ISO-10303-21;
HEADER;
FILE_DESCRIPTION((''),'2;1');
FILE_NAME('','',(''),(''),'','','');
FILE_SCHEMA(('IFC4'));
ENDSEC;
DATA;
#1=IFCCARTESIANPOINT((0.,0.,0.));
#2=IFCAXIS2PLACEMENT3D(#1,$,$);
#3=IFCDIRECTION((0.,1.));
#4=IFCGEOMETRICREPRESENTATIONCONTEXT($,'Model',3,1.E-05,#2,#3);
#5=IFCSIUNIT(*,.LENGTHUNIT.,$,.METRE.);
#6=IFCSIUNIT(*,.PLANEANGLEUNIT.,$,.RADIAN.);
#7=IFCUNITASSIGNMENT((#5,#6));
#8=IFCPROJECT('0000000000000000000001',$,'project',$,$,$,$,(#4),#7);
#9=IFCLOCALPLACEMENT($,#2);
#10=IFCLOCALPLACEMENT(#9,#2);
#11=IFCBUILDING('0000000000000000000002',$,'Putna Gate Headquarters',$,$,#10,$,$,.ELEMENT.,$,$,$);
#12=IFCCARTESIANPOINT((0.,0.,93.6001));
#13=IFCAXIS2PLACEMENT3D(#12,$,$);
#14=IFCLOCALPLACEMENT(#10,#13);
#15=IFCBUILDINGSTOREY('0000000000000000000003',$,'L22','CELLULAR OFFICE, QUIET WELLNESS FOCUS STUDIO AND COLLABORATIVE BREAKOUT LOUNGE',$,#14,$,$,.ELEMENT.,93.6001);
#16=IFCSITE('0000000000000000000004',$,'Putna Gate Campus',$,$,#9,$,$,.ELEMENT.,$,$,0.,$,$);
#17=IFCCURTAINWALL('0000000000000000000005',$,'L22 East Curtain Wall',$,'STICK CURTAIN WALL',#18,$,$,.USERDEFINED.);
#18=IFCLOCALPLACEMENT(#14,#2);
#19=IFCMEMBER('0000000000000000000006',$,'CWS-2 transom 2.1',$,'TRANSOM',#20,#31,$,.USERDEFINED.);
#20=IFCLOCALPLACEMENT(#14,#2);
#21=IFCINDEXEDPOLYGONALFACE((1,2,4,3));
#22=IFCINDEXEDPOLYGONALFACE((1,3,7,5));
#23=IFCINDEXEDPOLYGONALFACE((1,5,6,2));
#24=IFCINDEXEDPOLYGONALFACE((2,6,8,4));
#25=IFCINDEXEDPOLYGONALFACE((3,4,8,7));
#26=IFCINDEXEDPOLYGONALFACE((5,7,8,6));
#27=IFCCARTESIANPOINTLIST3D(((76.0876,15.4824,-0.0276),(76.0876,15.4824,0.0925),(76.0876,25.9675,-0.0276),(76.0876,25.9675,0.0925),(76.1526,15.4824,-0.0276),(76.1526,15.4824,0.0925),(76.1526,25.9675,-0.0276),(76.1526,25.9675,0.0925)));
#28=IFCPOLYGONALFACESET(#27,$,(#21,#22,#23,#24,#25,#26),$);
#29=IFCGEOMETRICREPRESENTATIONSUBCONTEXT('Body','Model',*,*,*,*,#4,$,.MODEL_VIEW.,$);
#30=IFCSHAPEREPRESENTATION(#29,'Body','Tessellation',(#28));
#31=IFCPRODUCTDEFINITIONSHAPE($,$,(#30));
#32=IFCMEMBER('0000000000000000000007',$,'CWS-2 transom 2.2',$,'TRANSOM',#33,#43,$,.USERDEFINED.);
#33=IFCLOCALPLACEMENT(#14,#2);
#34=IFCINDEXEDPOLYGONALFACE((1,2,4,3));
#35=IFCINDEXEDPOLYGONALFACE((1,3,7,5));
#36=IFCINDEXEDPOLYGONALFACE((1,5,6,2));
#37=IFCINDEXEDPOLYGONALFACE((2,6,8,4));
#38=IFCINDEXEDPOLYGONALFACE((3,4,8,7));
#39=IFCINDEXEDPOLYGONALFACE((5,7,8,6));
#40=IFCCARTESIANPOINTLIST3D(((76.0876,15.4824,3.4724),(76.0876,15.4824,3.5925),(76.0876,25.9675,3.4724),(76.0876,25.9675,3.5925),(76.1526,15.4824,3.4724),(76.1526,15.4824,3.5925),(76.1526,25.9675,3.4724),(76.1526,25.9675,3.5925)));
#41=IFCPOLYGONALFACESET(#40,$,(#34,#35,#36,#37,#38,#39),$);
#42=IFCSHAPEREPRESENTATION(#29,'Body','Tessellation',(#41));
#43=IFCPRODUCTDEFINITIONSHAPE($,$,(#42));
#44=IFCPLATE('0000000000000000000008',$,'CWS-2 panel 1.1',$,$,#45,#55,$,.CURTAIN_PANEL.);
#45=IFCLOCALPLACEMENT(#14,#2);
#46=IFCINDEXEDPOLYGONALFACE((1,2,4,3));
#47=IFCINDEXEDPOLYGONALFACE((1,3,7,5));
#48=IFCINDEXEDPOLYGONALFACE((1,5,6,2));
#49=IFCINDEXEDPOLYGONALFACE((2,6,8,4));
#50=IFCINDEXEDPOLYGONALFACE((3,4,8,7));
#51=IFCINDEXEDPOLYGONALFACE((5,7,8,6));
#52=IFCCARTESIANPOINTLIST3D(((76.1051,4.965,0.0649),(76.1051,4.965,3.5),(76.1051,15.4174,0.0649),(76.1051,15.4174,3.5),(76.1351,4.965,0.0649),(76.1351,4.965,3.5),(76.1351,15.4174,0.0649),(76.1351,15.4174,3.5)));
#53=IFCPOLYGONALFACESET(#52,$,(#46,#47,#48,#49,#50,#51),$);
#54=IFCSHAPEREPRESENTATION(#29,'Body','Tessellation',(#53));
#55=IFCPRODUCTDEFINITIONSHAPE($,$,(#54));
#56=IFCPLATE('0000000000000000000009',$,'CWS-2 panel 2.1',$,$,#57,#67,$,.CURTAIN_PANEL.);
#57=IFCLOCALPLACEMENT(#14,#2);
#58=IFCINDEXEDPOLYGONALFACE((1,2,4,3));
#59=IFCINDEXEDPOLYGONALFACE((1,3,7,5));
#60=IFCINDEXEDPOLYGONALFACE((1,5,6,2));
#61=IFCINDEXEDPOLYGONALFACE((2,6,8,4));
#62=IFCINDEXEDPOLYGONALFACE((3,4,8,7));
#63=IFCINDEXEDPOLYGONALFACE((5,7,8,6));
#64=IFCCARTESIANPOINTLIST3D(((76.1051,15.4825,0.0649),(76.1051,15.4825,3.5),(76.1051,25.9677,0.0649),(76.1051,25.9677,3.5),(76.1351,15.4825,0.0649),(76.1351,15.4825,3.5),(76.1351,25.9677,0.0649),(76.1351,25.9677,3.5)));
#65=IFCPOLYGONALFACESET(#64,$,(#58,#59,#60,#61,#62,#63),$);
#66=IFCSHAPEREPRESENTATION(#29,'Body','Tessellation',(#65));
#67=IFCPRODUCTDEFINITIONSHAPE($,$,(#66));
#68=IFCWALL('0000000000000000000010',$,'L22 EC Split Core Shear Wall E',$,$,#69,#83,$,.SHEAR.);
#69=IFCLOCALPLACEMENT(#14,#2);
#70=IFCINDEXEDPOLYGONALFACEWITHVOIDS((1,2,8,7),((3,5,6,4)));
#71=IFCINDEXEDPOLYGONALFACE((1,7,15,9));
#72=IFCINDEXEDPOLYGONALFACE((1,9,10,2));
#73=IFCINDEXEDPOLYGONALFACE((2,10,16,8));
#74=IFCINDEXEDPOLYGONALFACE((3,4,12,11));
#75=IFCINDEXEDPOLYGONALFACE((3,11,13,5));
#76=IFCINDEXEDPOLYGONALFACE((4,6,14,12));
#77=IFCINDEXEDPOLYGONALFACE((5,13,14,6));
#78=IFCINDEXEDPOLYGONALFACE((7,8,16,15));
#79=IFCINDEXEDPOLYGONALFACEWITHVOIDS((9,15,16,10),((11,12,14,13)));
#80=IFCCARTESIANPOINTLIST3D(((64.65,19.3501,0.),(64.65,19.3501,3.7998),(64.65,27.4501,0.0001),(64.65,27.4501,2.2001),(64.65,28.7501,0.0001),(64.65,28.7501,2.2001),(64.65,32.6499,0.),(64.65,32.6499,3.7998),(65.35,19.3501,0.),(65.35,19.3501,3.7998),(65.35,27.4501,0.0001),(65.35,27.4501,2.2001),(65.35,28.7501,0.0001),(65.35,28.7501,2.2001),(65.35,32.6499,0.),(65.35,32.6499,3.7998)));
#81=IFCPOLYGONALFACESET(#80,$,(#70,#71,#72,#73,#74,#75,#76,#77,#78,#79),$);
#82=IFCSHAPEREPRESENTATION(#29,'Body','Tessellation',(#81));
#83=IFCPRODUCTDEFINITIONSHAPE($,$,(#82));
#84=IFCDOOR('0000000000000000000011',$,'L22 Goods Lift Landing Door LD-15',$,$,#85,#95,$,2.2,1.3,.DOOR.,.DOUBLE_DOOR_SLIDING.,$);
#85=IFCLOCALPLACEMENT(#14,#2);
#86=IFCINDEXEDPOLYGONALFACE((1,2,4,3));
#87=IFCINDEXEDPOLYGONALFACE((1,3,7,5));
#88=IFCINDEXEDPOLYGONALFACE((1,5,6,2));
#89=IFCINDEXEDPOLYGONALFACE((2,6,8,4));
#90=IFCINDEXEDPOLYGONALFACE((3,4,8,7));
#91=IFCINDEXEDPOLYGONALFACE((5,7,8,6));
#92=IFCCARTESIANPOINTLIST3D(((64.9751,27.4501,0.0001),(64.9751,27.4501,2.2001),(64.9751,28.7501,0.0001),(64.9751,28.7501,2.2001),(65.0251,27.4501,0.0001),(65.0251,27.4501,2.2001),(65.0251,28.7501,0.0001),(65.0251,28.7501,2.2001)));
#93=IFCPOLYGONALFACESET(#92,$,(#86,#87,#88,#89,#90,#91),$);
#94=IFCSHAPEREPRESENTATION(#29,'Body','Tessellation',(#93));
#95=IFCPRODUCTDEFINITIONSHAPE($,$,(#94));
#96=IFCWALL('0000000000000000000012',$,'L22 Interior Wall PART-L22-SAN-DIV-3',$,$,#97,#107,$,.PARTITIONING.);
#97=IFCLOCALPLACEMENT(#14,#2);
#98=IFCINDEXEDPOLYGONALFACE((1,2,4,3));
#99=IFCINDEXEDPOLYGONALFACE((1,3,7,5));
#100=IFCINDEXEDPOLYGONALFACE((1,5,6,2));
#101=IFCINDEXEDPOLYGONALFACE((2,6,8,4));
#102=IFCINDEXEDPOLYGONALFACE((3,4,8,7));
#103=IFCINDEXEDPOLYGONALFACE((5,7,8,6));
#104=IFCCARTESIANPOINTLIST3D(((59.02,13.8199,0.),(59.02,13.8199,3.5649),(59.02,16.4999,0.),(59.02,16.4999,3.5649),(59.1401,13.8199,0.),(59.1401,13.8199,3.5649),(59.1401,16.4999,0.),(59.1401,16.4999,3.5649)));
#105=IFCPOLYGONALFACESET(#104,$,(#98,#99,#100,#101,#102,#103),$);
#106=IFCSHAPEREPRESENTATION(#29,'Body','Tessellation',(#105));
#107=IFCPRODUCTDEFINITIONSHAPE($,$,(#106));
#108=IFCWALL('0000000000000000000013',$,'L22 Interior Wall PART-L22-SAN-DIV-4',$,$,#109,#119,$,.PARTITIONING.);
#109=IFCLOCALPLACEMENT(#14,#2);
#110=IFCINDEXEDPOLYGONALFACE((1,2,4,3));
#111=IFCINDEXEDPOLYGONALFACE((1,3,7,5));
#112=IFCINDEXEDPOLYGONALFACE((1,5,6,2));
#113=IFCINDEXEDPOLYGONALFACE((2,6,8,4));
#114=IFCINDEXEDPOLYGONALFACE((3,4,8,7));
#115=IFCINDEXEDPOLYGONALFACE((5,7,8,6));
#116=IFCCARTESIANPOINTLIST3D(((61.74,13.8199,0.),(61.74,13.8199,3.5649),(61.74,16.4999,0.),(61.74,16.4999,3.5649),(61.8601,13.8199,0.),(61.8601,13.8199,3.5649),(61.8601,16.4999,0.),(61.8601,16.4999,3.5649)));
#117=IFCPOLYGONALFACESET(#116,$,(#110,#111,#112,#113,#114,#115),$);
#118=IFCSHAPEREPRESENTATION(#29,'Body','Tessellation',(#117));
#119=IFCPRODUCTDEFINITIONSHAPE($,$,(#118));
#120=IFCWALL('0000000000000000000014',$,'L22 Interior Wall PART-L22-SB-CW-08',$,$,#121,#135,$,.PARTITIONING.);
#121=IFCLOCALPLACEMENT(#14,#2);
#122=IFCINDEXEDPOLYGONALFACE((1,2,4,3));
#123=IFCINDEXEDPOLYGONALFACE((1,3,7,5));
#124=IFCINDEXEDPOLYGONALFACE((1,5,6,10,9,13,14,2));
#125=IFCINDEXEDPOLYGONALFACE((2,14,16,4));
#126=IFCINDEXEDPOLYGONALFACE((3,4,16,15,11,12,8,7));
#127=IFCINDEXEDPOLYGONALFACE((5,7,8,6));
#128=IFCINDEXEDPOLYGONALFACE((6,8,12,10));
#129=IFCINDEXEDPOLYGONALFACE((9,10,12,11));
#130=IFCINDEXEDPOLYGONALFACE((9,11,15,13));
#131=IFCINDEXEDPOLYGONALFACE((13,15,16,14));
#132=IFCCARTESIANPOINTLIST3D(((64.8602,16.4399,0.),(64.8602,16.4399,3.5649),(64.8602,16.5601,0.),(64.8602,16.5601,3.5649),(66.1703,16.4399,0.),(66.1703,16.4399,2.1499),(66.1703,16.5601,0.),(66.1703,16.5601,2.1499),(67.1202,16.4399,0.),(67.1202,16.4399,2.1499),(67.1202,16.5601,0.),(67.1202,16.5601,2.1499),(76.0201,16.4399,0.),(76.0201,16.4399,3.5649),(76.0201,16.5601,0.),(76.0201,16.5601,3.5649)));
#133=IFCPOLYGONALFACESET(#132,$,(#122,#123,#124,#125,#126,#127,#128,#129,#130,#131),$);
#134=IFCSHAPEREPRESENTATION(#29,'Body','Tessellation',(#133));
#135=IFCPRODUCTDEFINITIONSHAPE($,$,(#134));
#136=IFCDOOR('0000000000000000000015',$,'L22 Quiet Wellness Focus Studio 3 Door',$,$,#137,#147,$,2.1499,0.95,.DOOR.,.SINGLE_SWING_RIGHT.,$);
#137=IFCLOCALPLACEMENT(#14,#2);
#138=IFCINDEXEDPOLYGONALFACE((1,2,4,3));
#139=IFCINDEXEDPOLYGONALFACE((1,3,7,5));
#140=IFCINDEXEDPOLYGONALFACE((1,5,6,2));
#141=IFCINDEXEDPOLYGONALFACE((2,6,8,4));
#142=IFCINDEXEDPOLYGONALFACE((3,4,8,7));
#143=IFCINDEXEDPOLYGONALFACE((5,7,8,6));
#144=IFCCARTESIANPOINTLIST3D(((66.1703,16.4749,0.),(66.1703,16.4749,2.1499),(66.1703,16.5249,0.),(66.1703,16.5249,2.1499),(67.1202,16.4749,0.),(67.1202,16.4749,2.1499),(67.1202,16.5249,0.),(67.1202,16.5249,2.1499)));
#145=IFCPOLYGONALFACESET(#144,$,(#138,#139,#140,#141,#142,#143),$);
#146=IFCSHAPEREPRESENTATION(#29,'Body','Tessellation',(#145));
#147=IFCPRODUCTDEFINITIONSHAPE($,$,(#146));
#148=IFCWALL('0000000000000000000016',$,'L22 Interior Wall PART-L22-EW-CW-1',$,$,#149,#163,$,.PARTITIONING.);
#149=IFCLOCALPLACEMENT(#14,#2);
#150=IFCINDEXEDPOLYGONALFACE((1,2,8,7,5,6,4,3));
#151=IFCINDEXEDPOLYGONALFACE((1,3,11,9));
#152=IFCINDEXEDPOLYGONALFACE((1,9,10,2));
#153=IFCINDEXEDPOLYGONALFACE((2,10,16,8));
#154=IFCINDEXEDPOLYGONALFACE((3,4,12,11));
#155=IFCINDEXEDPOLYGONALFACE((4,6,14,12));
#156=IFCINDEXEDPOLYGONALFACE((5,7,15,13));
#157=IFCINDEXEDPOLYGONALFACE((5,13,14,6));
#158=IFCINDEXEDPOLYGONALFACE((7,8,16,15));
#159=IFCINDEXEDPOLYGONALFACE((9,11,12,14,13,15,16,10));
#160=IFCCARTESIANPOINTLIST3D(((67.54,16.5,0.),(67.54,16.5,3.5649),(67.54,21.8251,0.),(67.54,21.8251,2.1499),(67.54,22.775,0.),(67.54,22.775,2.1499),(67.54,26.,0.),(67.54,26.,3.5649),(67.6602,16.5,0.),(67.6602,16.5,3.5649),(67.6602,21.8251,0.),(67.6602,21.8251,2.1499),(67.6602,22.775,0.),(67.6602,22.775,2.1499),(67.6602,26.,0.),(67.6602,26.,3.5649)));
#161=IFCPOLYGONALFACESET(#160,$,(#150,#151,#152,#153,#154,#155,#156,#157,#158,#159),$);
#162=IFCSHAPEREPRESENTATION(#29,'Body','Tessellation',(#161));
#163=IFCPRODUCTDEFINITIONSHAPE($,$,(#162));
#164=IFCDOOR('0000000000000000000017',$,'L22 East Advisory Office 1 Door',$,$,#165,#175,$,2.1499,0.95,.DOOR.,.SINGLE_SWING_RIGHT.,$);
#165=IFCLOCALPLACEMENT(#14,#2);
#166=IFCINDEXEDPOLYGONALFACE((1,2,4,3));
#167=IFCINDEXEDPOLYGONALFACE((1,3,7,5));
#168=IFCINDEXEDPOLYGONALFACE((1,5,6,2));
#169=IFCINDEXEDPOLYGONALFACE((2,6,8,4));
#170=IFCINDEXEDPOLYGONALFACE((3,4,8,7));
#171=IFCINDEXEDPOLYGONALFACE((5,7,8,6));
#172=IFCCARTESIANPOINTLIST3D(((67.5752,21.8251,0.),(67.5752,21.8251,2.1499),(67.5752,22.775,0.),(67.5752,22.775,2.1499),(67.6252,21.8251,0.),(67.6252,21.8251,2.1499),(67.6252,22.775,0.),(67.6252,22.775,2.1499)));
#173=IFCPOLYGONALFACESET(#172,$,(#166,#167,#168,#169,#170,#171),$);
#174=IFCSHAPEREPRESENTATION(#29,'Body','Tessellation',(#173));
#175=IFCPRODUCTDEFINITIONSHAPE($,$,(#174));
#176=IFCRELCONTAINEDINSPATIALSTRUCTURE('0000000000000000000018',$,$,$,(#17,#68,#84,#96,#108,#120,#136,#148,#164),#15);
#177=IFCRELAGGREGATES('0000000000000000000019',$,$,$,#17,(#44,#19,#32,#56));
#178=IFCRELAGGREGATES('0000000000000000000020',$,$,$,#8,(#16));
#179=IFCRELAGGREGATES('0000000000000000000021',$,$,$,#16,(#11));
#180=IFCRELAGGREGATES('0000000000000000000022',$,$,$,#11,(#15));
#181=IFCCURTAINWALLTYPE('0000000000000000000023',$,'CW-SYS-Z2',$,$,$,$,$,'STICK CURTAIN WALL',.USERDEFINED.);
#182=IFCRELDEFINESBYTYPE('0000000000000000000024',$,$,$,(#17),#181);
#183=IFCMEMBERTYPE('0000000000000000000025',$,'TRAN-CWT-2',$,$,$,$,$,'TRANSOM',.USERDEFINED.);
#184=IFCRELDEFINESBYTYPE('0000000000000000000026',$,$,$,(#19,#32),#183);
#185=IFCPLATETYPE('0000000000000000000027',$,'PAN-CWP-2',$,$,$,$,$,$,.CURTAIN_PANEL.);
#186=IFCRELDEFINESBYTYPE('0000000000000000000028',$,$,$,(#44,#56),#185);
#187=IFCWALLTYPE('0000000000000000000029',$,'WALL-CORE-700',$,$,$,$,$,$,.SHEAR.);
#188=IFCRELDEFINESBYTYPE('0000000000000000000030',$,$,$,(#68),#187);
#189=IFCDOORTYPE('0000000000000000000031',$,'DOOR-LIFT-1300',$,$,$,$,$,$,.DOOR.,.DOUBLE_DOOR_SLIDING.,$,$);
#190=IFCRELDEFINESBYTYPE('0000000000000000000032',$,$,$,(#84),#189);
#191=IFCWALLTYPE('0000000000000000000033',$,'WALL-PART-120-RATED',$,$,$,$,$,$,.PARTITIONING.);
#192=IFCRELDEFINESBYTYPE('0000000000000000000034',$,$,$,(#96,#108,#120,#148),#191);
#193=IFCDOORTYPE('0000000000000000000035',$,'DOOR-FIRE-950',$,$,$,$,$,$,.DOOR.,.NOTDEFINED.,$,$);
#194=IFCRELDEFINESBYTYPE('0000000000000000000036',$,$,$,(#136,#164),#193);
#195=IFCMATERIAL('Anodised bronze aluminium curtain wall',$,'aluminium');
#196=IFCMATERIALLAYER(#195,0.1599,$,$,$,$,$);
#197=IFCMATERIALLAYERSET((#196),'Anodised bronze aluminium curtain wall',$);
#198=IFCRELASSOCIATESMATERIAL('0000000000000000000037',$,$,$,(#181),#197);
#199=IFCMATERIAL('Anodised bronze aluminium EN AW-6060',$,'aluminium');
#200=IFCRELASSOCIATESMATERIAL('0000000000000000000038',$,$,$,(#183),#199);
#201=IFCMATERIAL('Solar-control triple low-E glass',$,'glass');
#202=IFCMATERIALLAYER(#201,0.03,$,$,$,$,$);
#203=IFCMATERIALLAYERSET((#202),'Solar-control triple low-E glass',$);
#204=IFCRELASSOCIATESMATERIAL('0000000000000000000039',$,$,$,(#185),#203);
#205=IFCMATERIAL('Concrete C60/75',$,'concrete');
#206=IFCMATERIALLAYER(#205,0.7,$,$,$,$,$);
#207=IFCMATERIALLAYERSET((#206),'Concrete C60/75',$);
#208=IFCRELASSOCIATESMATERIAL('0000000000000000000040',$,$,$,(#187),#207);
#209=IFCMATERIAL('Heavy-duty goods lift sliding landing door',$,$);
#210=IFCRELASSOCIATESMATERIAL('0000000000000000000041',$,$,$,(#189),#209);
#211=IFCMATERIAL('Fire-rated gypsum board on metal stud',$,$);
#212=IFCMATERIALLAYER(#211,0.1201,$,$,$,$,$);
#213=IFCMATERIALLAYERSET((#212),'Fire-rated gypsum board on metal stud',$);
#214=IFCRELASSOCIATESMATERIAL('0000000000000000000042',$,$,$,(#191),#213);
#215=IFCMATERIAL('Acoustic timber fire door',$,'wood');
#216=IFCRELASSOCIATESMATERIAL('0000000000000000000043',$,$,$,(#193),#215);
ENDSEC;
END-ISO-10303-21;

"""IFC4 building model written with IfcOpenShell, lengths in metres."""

from ifc_helpers import new_model, si_unit, direction, frame, frame_2d, origin, origin_2d, place, context, subcontext, project, spatial, rectangle, extrude, material, layer, layer_set, material_profile, profile_set, type_object, element, fill, aggregate, save


model = new_model("IFC4")

# Units and contexts
model_context = context("Model", 3, precision=1e-05, world=origin(), true_north=direction((0.0, 1.0)))
body_context = subcontext(model_context, "Body", "Model", "MODEL_VIEW")
ifc_project = project(units=[si_unit("LENGTHUNIT", "METRE"), si_unit("PLANEANGLEUNIT", "RADIAN")], contexts=[model_context])

# Site, building, storey
site_placement = place(None, origin())
site = spatial("IfcSite", under=ifc_project, at=site_placement, Name="Putna Gate Campus", CompositionType="ELEMENT", RefElevation=0.0)
building_placement = place(site_placement, origin())
building = spatial("IfcBuilding", under=site, at=building_placement, Name="Putna Gate Headquarters", CompositionType="ELEMENT")
storey_placement = place(building_placement, frame((0.0, 0.0, 93.6001)))
storey = spatial("IfcBuildingStorey", under=building, at=storey_placement, Name="L22", Description="CELLULAR OFFICE, QUIET WELLNESS FOCUS STUDIO AND COLLABORATIVE BREAKOUT LOUNGE", CompositionType="ELEMENT", Elevation=93.6001)

# Shared definitions
ifc_material_1 = material(Name="Concrete C60/75", Category="concrete")

# Curtain wall, members, plates
ifc_material_2 = material(Name="Anodised bronze aluminium curtain wall", Category="aluminium")
ifc_layer_1 = layer(ifc_material_2, 0.1599)
ifc_layer_set_1 = layer_set([ifc_layer_1], Name="Anodised bronze aluminium curtain wall")
curtain_wall_type = type_object("IfcCurtainWallType", Name="CW-SYS-Z2", ElementType="STICK CURTAIN WALL", PredefinedType="USERDEFINED", material=ifc_layer_set_1)
curtain_wall_placement = place(storey_placement, origin())
curtain_wall = element("IfcCurtainWall", 1, at=curtain_wall_placement, inside=storey, type_object=curtain_wall_type, Name="L22 East Curtain Wall", ObjectType="STICK CURTAIN WALL", PredefinedType="USERDEFINED")
ifc_material_3 = material(Name="Anodised bronze aluminium EN AW-6060", Category="aluminium")
ifc_material_profile_1 = material_profile(ifc_material_3, rectangle(XDim=0.0649, YDim=0.1201, at=origin_2d()), Name="Anodised bronze aluminium EN AW-6060")
ifc_profile_set_1 = profile_set([ifc_material_profile_1], Name="Anodised bronze aluminium EN AW-6060")
member_type_1 = type_object("IfcMemberType", Name="TRAN-CWT-2", ElementType="TRANSOM", PredefinedType="USERDEFINED", material=ifc_profile_set_1)
member_1_placement = place(storey_placement, frame((76.1201, 15.4824, 0.0325), z_axis=(0.0, 1.0, 0.0), x_axis=(-1.0, 0.0, 0.0)))
member_1 = element("IfcMember", 2, at=member_1_placement, type_object=member_type_1, Name="CWS-2 transom 2.1", ObjectType="TRANSOM", PredefinedType="USERDEFINED", context=body_context, shape_type="SweptSolid", body=[
    extrude(rectangle(XDim=0.0649, YDim=0.1201, at=origin_2d()), origin(), (0.0, 0.0, 1.0), 10.4851),
])
member_2_placement = place(storey_placement, frame((76.1201, 15.4824, 3.5325), z_axis=(0.0, 1.0, 0.0), x_axis=(-1.0, 0.0, 0.0)))
member_2 = element("IfcMember", 3, at=member_2_placement, type_object=member_type_1, Name="CWS-2 transom 2.2", ObjectType="TRANSOM", PredefinedType="USERDEFINED", context=body_context, shape_type="SweptSolid", body=[
    extrude(rectangle(XDim=0.0649, YDim=0.1201, at=origin_2d()), origin(), (0.0, 0.0, 1.0), 10.4851),
])
ifc_material_4 = material(Name="Solar-control triple low-E glass", Category="glass")
ifc_layer_2 = layer(ifc_material_4, 0.03)
ifc_layer_set_2 = layer_set([ifc_layer_2], Name="Solar-control triple low-E glass")
plate_type = type_object("IfcPlateType", Name="PAN-CWP-2", PredefinedType="CURTAIN_PANEL", material=ifc_layer_set_2)
plate_1_placement = place(storey_placement, frame((76.1201, 10.1912, 0.0649), z_axis=(0.0, 0.0, 1.0), x_axis=(0.0, 1.0, 0.0)))
plate_1 = element("IfcPlate", 4, at=plate_1_placement, type_object=plate_type, Name="CWS-2 panel 1.1", PredefinedType="CURTAIN_PANEL", context=body_context, shape_type="SweptSolid", body=[
    extrude(rectangle(XDim=10.4524, YDim=0.03, at=origin_2d()), origin(), (0.0, 0.0, 1.0), 3.4351),
])
plate_2_placement = place(storey_placement, frame((76.1201, 20.7251, 0.0649), z_axis=(0.0, 0.0, 1.0), x_axis=(0.0, 1.0, 0.0)))
plate_2 = element("IfcPlate", 5, at=plate_2_placement, type_object=plate_type, Name="CWS-2 panel 2.1", PredefinedType="CURTAIN_PANEL", context=body_context, shape_type="SweptSolid", body=[
    extrude(rectangle(XDim=10.4851, YDim=0.03, at=origin_2d()), origin(), (0.0, 0.0, 1.0), 3.4351),
])
aggregate(curtain_wall, [plate_1, member_1, member_2, plate_2])

# Wall, opening, door
ifc_layer_3 = layer(ifc_material_1, 0.7)
ifc_layer_set_3 = layer_set([ifc_layer_3], Name="Concrete C60/75")
wall_type_1 = type_object("IfcWallType", Name="WALL-CORE-700", PredefinedType="SHEAR", material=ifc_layer_set_3)
wall_1_placement = place(storey_placement, frame((65.0, 19.3501, 0.0), z_axis=(0.0, 0.0, 1.0), x_axis=(0.0, 1.0, 0.0)))
wall_1 = element("IfcWall", 6, at=wall_1_placement, inside=storey, type_object=wall_type_1, Name="L22 EC Split Core Shear Wall E", PredefinedType="SHEAR", context=body_context, shape_type="SweptSolid", body=[
    extrude(rectangle(XDim=13.2998, YDim=0.7, at=frame_2d((6.6499, 0.0))), origin(), (0.0, 0.0, 1.0), 3.7998),
])
opening_1_placement = place(wall_1_placement, frame((8.1001, 0.0, 0.0)))
opening_1 = element("IfcOpeningElement", 7, at=opening_1_placement, cuts=wall_1, PredefinedType="OPENING", context=body_context, shape_type="SweptSolid", body=[
    extrude(rectangle(XDim=1.3, YDim=2.2, at=frame_2d((0.6499, 1.1001))), frame((0.0, 0.3599, 0.0), z_axis=(0.0, -1.0, 0.0), x_axis=(1.0, 0.0, 0.0)), (0.0, 0.0, 1.0), 0.72),
])
ifc_material_5 = material(Name="Heavy-duty goods lift sliding landing door")
door_type_1 = type_object("IfcDoorType", Name="DOOR-LIFT-1300", OperationType="DOUBLE_DOOR_SLIDING", PredefinedType="DOOR", material=ifc_material_5)
door_1_placement = place(opening_1_placement, origin())
door_1 = element("IfcDoor", 8, at=door_1_placement, inside=storey, type_object=door_type_1, Name="L22 Goods Lift Landing Door LD-15", OperationType="DOUBLE_DOOR_SLIDING", OverallHeight=2.2, OverallWidth=1.3, PredefinedType="DOOR", context=body_context, shape_type="SweptSolid", body=[
    extrude(rectangle(XDim=1.3, YDim=2.2, at=frame_2d((0.6499, 1.1001))), frame((0.0, 0.0249, 0.0), z_axis=(0.0, -1.0, 0.0), x_axis=(1.0, 0.0, 0.0)), (0.0, 0.0, 1.0), 0.05),
])
fill(opening_1, door_1)

# Walls
ifc_material_6 = material(Name="Fire-rated gypsum board on metal stud")
ifc_layer_4 = layer(ifc_material_6, 0.1201)
ifc_layer_set_4 = layer_set([ifc_layer_4], Name="Fire-rated gypsum board on metal stud")
wall_type_2 = type_object("IfcWallType", Name="WALL-PART-120-RATED", PredefinedType="PARTITIONING", material=ifc_layer_set_4)
for number, where, z_axis, x_axis, name in (
    (9, (59.0801, 13.8201, 0.0), (0.0, 0.0, 1.0), (0.0, 1.0, 0.0), "L22 Interior Wall PART-L22-SAN-DIV-3"),
    (10, (61.8, 13.8201, 0.0), (0.0, 0.0, 1.0), (0.0, 1.0, 0.0), "L22 Interior Wall PART-L22-SAN-DIV-4"),
):
    element("IfcWall", number, at=place(storey_placement, frame(where, z_axis=z_axis, x_axis=x_axis)), inside=storey, type_object=wall_type_2, Name=name, PredefinedType="PARTITIONING", context=body_context, shape_type="SweptSolid", body=[
        extrude(rectangle(XDim=2.6799, YDim=0.1201, at=frame_2d((1.3398, 0.0))), origin(), (0.0, 0.0, 1.0), 3.5649),
    ])

# Walls, openings, doors
wall_2_placement = place(storey_placement, frame((64.8601, 16.5, 0.0), z_axis=(0.0, 0.0, 1.0), x_axis=(1.0, 0.0, 0.0)))
wall_2 = element("IfcWall", 11, at=wall_2_placement, inside=storey, type_object=wall_type_2, Name="L22 Interior Wall PART-L22-SB-CW-08", PredefinedType="PARTITIONING", context=body_context, shape_type="SweptSolid", body=[
    extrude(rectangle(XDim=11.1599, YDim=0.1201, at=frame_2d((5.5801, 0.0))), origin(), (0.0, 0.0, 1.0), 3.5649),
])
opening_2_placement = place(wall_2_placement, frame((1.3101, 0.0, 0.0)))
opening_2 = element("IfcOpeningElement", 12, at=opening_2_placement, cuts=wall_2, PredefinedType="OPENING", context=body_context, shape_type="SweptSolid", body=[
    extrude(rectangle(XDim=0.95, YDim=2.1499, at=frame_2d((0.4751, 1.075))), frame((0.0, 0.0701, 0.0), z_axis=(0.0, -1.0, 0.0), x_axis=(1.0, 0.0, 0.0)), (0.0, 0.0, 1.0), 0.1401),
])
ifc_material_7 = material(Name="Acoustic timber fire door", Category="wood")
door_type_2 = type_object("IfcDoorType", Name="DOOR-FIRE-950", OperationType="NOTDEFINED", PredefinedType="DOOR", material=ifc_material_7)
door_2_placement = place(opening_2_placement, origin())
door_2 = element("IfcDoor", 13, at=door_2_placement, inside=storey, type_object=door_type_2, Name="L22 Quiet Wellness Focus Studio 3 Door", OperationType="SINGLE_SWING_RIGHT", OverallHeight=2.1499, OverallWidth=0.95, PredefinedType="DOOR", context=body_context, shape_type="SweptSolid", body=[
    extrude(rectangle(XDim=0.95, YDim=2.1499, at=frame_2d((0.4751, 1.075))), frame((0.0, 0.0249, 0.0), z_axis=(0.0, -1.0, 0.0), x_axis=(1.0, 0.0, 0.0)), (0.0, 0.0, 1.0), 0.05),
])
fill(opening_2, door_2)
wall_3_placement = place(storey_placement, frame((67.6001, 16.5, 0.0), z_axis=(0.0, 0.0, 1.0), x_axis=(0.0, 1.0, 0.0)))
wall_3 = element("IfcWall", 14, at=wall_3_placement, inside=storey, type_object=wall_type_2, Name="L22 Interior Wall PART-L22-EW-CW-1", PredefinedType="PARTITIONING", context=body_context, shape_type="SweptSolid", body=[
    extrude(rectangle(XDim=9.5, YDim=0.1201, at=frame_2d((4.75, 0.0))), origin(), (0.0, 0.0, 1.0), 3.5649),
])
opening_3_placement = place(wall_3_placement, frame((5.325, 0.0, 0.0)))
opening_3 = element("IfcOpeningElement", 15, at=opening_3_placement, cuts=wall_3, PredefinedType="OPENING", context=body_context, shape_type="SweptSolid", body=[
    extrude(rectangle(XDim=0.95, YDim=2.1499, at=frame_2d((0.4751, 1.075))), frame((0.0, 0.0701, 0.0), z_axis=(0.0, -1.0, 0.0), x_axis=(1.0, 0.0, 0.0)), (0.0, 0.0, 1.0), 0.1401),
])
door_3_placement = place(opening_3_placement, origin())
door_3 = element("IfcDoor", 16, at=door_3_placement, inside=storey, type_object=door_type_2, Name="L22 East Advisory Office 1 Door", OperationType="SINGLE_SWING_RIGHT", OverallHeight=2.1499, OverallWidth=0.95, PredefinedType="DOOR", context=body_context, shape_type="SweptSolid", body=[
    extrude(rectangle(XDim=0.95, YDim=2.1499, at=frame_2d((0.4751, 1.075))), frame((0.0, 0.0249, 0.0), z_axis=(0.0, -1.0, 0.0), x_axis=(1.0, 0.0, 0.0)), (0.0, 0.0, 1.0), 0.05),
])
fill(opening_3, door_3)

save(model, "model.ifc")
